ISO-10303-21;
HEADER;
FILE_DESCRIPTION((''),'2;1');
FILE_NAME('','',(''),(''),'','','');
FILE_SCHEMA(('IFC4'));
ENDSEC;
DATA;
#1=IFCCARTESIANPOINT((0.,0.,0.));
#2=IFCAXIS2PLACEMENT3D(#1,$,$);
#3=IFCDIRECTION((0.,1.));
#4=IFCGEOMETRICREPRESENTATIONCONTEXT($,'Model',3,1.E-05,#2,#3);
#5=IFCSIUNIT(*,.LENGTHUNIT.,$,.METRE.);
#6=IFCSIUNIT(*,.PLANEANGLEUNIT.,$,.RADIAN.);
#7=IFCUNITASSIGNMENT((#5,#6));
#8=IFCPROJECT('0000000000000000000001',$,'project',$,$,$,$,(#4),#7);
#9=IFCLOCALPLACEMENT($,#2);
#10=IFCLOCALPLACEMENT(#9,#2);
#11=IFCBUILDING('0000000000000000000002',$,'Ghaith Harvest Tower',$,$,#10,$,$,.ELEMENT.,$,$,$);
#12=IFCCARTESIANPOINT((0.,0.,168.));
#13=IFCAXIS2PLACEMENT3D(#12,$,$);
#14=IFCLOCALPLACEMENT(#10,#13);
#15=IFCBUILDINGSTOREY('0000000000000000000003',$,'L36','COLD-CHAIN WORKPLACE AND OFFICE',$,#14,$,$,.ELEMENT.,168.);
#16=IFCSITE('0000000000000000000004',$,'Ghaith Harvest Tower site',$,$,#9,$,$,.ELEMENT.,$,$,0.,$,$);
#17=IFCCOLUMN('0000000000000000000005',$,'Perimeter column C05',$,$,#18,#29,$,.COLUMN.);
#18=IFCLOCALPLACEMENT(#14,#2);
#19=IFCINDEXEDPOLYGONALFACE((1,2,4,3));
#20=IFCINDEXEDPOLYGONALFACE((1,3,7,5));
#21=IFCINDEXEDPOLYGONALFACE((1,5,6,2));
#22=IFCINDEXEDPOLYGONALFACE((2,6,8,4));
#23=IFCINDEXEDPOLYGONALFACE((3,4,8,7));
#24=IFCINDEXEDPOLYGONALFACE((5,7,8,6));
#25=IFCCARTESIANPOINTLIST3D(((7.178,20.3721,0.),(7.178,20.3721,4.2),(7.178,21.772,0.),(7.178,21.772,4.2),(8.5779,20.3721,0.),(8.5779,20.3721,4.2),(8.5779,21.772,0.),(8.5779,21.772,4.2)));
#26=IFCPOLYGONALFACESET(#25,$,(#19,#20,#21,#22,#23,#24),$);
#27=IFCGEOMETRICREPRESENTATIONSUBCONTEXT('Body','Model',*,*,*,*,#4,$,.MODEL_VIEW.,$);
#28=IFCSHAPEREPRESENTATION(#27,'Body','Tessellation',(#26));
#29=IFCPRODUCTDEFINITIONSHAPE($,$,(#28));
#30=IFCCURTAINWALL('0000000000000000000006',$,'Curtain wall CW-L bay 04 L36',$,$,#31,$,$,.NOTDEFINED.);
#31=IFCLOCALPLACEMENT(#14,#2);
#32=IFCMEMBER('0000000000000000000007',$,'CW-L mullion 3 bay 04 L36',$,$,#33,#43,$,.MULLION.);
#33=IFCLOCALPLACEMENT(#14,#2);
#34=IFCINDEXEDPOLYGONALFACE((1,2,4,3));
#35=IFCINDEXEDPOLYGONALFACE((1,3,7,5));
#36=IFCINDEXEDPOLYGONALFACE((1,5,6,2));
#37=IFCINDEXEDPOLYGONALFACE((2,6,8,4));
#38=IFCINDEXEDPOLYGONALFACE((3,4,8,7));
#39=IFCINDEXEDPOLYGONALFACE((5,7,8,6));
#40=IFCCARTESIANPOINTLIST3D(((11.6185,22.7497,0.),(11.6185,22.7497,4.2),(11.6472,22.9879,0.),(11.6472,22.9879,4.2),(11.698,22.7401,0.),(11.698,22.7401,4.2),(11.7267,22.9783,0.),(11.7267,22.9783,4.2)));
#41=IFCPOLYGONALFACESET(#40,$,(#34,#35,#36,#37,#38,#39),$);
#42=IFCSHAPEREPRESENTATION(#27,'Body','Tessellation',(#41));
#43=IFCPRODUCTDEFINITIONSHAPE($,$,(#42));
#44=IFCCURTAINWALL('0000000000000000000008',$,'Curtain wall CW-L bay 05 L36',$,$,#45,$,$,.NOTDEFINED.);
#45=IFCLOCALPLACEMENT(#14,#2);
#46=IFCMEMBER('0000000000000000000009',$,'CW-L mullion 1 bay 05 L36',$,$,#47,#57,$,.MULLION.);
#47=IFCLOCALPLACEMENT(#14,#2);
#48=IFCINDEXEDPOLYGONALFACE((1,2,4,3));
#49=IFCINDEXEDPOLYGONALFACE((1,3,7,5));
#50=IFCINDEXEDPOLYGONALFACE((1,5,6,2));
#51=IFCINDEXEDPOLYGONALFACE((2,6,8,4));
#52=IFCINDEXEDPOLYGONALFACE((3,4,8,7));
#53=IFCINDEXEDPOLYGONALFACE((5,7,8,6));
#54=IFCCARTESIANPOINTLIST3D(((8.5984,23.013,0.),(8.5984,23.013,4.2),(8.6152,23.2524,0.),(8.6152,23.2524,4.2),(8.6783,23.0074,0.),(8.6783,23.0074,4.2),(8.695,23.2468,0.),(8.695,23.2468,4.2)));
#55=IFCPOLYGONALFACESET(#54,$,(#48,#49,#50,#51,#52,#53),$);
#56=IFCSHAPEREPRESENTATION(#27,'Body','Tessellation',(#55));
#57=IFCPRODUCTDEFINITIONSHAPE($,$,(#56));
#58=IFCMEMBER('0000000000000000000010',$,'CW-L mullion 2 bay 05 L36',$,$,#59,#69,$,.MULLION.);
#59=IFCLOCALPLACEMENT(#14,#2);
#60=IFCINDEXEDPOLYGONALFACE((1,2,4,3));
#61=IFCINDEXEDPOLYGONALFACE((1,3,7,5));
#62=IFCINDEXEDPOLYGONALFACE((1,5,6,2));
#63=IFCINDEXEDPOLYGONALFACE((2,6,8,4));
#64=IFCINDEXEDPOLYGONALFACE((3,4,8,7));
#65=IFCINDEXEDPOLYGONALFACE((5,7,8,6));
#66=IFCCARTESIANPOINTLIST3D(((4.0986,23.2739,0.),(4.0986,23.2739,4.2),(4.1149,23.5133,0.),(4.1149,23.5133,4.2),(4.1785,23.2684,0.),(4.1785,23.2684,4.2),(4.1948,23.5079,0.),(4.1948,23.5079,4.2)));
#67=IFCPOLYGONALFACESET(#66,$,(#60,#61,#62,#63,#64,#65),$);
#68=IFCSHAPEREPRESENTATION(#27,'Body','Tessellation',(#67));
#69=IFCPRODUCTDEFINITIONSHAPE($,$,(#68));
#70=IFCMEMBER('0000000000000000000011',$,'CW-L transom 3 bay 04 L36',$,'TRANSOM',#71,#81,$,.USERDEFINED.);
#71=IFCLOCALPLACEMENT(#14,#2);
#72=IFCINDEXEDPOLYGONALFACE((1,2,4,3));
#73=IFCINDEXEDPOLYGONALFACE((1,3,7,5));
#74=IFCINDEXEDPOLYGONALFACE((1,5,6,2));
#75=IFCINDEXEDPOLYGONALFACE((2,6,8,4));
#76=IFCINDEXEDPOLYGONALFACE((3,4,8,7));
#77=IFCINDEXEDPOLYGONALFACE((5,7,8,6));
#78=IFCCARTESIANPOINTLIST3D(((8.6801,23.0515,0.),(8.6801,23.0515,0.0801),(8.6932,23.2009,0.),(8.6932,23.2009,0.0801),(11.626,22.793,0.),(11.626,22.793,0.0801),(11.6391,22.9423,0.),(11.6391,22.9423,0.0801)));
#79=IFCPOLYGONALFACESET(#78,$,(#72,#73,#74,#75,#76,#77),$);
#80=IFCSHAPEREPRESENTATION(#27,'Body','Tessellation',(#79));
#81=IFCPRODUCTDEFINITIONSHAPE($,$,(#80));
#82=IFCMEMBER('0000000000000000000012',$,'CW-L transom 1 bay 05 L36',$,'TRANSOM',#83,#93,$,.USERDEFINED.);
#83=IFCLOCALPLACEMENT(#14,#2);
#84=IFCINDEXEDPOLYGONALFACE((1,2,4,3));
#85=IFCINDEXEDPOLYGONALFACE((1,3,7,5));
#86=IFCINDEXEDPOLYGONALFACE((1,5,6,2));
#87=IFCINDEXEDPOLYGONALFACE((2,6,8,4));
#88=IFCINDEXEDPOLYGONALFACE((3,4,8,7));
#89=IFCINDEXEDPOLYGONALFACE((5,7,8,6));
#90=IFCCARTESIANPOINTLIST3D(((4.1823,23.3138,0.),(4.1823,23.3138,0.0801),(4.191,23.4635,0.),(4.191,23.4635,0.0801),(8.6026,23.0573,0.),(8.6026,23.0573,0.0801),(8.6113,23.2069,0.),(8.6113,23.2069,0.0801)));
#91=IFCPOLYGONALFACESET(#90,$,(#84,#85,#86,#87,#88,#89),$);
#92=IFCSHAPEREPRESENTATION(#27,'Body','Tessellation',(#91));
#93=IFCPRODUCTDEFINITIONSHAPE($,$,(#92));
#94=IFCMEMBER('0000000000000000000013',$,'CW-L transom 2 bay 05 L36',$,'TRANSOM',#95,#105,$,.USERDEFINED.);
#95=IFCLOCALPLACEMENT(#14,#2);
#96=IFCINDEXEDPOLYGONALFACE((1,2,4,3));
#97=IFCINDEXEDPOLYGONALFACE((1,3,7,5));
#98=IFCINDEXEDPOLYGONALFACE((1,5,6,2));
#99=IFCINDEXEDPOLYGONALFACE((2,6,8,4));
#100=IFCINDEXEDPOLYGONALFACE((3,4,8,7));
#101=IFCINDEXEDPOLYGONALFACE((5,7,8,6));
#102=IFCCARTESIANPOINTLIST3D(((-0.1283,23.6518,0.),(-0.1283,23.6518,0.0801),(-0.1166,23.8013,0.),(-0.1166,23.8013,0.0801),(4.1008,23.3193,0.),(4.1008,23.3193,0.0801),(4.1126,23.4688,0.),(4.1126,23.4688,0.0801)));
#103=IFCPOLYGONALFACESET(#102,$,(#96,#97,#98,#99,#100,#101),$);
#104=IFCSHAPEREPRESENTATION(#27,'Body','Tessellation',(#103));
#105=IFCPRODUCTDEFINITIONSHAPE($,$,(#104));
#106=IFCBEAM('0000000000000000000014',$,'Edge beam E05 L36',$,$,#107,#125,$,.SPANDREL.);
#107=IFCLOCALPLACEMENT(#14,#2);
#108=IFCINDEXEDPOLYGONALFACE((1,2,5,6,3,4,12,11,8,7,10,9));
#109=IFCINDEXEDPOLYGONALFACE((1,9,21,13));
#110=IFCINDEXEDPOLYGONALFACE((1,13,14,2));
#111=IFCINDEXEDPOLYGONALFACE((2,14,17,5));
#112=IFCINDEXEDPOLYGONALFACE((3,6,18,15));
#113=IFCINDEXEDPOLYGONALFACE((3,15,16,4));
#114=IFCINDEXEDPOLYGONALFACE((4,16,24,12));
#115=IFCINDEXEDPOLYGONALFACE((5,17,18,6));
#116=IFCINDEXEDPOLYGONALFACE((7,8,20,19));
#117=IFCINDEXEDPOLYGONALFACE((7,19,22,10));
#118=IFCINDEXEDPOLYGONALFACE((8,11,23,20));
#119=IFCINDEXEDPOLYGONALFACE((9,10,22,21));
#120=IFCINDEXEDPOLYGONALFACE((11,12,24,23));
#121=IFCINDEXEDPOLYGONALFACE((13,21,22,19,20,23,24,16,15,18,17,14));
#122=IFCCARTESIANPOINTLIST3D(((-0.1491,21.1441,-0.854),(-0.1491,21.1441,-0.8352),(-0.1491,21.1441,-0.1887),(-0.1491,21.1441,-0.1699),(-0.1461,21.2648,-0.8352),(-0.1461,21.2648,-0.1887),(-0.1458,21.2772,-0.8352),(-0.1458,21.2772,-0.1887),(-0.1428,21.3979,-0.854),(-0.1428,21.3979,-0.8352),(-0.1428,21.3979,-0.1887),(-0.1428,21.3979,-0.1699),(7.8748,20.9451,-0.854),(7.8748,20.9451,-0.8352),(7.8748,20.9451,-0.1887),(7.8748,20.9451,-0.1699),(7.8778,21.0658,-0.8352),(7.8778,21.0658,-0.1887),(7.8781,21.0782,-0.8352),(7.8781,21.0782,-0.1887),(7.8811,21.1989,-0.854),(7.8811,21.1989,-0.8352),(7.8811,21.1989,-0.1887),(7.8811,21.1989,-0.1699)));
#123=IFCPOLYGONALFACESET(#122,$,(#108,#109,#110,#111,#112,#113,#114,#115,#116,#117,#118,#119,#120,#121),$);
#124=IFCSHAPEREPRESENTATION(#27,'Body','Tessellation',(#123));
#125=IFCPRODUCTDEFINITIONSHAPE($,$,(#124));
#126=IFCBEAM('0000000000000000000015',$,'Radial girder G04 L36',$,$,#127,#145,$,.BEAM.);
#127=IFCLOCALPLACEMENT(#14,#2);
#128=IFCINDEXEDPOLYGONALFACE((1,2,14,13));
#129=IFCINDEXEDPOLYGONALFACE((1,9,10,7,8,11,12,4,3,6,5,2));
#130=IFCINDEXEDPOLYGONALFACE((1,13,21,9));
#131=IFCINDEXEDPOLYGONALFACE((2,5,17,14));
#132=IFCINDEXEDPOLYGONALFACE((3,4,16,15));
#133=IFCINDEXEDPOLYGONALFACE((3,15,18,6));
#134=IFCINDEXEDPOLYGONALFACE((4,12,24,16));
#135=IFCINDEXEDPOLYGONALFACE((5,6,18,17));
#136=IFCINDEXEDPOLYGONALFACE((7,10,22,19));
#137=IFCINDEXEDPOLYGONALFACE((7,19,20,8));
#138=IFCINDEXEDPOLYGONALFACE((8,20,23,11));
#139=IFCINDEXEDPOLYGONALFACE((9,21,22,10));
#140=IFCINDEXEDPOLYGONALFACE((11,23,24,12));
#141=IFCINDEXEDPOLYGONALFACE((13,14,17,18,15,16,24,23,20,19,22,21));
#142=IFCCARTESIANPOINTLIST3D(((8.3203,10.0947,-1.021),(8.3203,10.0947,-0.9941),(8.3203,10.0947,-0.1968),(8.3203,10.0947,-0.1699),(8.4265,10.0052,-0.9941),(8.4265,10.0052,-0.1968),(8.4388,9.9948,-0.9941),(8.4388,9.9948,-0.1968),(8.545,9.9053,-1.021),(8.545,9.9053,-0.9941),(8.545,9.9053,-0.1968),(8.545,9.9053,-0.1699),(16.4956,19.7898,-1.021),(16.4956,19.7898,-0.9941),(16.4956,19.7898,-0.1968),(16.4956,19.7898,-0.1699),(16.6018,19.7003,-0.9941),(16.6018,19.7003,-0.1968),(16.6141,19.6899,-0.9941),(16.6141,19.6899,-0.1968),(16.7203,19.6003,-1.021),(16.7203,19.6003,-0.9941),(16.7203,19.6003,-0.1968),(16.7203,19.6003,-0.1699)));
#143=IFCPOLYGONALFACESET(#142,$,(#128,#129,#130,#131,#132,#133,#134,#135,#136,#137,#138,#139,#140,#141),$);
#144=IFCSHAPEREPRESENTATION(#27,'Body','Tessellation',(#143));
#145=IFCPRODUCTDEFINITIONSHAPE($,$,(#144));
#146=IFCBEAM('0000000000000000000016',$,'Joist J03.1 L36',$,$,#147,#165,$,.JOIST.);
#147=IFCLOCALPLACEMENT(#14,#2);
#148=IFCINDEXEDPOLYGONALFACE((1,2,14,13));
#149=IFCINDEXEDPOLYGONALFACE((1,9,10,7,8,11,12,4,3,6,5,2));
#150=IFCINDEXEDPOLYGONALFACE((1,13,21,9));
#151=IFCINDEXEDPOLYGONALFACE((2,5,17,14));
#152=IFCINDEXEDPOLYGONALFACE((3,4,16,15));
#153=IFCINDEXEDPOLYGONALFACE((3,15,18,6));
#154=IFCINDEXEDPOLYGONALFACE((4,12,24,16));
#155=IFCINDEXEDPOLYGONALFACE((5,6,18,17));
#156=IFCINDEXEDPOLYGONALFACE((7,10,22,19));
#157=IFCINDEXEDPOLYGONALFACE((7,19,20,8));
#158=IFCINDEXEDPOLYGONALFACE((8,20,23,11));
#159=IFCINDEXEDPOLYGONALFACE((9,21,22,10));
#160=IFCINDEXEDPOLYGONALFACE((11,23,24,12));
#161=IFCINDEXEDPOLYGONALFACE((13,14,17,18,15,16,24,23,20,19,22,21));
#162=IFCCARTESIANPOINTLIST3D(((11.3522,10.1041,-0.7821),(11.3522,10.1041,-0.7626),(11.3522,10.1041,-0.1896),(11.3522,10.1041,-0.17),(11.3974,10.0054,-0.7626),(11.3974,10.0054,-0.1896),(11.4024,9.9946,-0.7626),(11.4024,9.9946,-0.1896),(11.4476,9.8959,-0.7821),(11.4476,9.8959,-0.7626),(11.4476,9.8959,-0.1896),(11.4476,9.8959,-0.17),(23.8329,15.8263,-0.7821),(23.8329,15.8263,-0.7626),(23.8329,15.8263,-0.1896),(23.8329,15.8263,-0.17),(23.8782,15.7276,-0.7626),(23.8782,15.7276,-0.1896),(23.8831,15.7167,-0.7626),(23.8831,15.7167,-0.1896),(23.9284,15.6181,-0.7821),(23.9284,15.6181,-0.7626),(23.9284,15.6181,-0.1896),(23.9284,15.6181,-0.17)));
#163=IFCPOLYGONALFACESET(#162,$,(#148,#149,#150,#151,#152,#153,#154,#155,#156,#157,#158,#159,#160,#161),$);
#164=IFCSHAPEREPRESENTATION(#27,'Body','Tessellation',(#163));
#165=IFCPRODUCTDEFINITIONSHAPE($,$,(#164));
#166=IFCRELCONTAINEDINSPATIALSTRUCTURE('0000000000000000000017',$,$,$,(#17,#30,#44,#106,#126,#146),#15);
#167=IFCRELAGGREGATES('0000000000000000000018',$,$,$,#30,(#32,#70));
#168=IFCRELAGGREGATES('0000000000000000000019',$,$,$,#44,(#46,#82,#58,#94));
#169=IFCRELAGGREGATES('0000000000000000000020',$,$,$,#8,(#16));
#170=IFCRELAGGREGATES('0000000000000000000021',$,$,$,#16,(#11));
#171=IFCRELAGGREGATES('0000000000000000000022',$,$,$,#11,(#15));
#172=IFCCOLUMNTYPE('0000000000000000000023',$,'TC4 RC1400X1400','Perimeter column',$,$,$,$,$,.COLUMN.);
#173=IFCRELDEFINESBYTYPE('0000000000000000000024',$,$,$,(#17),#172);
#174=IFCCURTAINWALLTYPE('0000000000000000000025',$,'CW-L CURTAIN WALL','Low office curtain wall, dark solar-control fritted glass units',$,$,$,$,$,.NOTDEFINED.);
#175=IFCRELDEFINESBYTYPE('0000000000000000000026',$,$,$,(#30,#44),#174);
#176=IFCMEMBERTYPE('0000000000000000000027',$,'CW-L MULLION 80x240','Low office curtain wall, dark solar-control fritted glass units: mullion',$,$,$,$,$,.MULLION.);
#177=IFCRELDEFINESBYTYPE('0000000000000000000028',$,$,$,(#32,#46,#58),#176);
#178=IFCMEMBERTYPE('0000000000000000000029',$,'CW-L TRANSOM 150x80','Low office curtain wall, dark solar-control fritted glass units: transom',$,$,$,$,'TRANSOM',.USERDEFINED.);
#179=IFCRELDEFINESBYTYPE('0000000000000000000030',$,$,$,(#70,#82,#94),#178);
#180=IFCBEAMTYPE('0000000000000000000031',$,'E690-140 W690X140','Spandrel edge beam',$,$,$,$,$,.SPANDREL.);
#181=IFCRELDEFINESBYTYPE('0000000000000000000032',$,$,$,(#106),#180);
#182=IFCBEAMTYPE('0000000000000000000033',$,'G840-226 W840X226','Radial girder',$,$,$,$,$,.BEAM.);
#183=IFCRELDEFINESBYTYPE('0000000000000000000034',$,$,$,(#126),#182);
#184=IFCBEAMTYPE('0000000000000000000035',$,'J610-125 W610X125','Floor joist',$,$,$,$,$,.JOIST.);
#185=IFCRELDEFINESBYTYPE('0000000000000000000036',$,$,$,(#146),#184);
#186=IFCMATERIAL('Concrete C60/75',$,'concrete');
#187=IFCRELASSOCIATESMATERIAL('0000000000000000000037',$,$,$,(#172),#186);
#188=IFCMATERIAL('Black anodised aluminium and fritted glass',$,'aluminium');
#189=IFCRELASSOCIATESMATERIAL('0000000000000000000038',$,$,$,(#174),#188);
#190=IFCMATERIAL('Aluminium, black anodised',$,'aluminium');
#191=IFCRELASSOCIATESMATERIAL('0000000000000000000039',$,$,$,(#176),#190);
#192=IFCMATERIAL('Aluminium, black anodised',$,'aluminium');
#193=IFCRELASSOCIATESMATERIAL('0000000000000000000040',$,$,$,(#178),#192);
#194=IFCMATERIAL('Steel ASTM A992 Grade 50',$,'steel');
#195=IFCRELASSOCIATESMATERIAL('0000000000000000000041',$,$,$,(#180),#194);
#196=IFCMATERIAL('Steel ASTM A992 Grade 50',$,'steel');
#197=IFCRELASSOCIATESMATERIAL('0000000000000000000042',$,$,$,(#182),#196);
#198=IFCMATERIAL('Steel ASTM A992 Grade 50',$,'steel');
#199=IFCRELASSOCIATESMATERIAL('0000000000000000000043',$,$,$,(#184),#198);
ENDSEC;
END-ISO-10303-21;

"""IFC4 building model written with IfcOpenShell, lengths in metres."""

from ifc_helpers import new_model, si_unit, direction, frame, origin, origin_2d, place, context, subcontext, project, spatial, rectangle, i_section, extrude, material, material_profile, profile_set, type_object, element, aggregate, save


model = new_model("IFC4")

# Units and contexts
model_context = context("Model", 3, precision=1e-05, world=origin(), true_north=direction((0.0, 1.0)))
body_context = subcontext(model_context, "Body", "Model", "MODEL_VIEW")
ifc_project = project(units=[si_unit("LENGTHUNIT", "METRE"), si_unit("PLANEANGLEUNIT", "RADIAN")], contexts=[model_context])

# Site, building, storey
site_placement = place(None, origin())
site = spatial("IfcSite", under=ifc_project, at=site_placement, Name="Ghaith Harvest Tower site", CompositionType="ELEMENT", RefElevation=0.0)
building_placement = place(site_placement, origin())
building = spatial("IfcBuilding", under=site, at=building_placement, Name="Ghaith Harvest Tower", CompositionType="ELEMENT")
storey_placement = place(building_placement, frame((0.0, 0.0, 168.0)))
storey = spatial("IfcBuildingStorey", under=building, at=storey_placement, Name="L36", Description="COLD-CHAIN WORKPLACE AND OFFICE", CompositionType="ELEMENT", Elevation=168.0)

# Column
ifc_material_1 = material(Name="Concrete C60/75", Category="concrete")
ifc_material_profile_1 = material_profile(ifc_material_1, rectangle(XDim=1.3999, YDim=1.3999, at=origin_2d()), Name="RC1400X1400")
ifc_profile_set_1 = profile_set([ifc_material_profile_1], Name="Concrete C60/75")
column_type = type_object("IfcColumnType", Name="TC4 RC1400X1400", Description="Perimeter column", PredefinedType="COLUMN", material=ifc_profile_set_1)
column_placement = place(storey_placement, frame((7.8779, 21.072, 0.0), z_axis=(0.0, 0.0, 1.0), x_axis=(1.0, 0.0, 0.0)))
element("IfcColumn", 1, at=column_placement, inside=storey, type_object=column_type, Name="Perimeter column C05", PredefinedType="COLUMN", context=body_context, shape_type="SweptSolid", body=[
    extrude(rectangle(XDim=1.3999, YDim=1.3999, at=origin_2d()), origin(), (0.0, 0.0, 1.0), 4.2),
])

# Curtain wall, member
ifc_material_2 = material(Name="Black anodised aluminium and fritted glass", Category="aluminium")
curtain_wall_type = type_object("IfcCurtainWallType", Name="CW-L CURTAIN WALL", Description="Low office curtain wall, dark solar-control fritted glass units", PredefinedType="NOTDEFINED", material=ifc_material_2)
curtain_wall_1_placement = place(storey_placement, origin())
curtain_wall_1 = element("IfcCurtainWall", 2, at=curtain_wall_1_placement, inside=storey, type_object=curtain_wall_type, Name="Curtain wall CW-L bay 04 L36", PredefinedType="NOTDEFINED")
ifc_material_3 = material(Name="Aluminium, black anodised", Category="aluminium")
ifc_material_profile_2 = material_profile(ifc_material_3, rectangle(XDim=0.0801, YDim=0.24, at=origin_2d()), Name="CW-L MULLION 80x240")
ifc_profile_set_2 = profile_set([ifc_material_profile_2], Name="Aluminium, black anodised")
member_type_1 = type_object("IfcMemberType", Name="CW-L MULLION 80x240", Description="Low office curtain wall, dark solar-control fritted glass units: mullion", PredefinedType="MULLION", material=ifc_profile_set_2)
member_1_placement = place(storey_placement, frame((11.6726, 22.864, 0.0), z_axis=(0.0, 0.0, 1.0), x_axis=(-0.9928, 0.11978, 0.0)))
member_1 = element("IfcMember", 3, at=member_1_placement, type_object=member_type_1, Name="CW-L mullion 3 bay 04 L36", PredefinedType="MULLION", context=body_context, shape_type="SweptSolid", body=[
    extrude(rectangle(XDim=0.0801, YDim=0.24, at=origin_2d()), origin(), (0.0, 0.0, 1.0), 4.2),
])

# Curtain wall, members
curtain_wall_2_placement = place(storey_placement, origin())
curtain_wall_2 = element("IfcCurtainWall", 4, at=curtain_wall_2_placement, inside=storey, type_object=curtain_wall_type, Name="Curtain wall CW-L bay 05 L36", PredefinedType="NOTDEFINED")
member_2_placement = place(storey_placement, frame((8.6467, 23.1299, 0.0), z_axis=(0.0, 0.0, 1.0), x_axis=(-0.997559, 0.069832, 0.0)))
member_2 = element("IfcMember", 5, at=member_2_placement, type_object=member_type_1, Name="CW-L mullion 1 bay 05 L36", PredefinedType="MULLION", context=body_context, shape_type="SweptSolid", body=[
    extrude(rectangle(XDim=0.0801, YDim=0.24, at=origin_2d()), origin(), (0.0, 0.0, 1.0), 4.2),
])
member_3_placement = place(storey_placement, frame((4.1467, 23.3909, 0.0), z_axis=(0.0, 0.0, 1.0), x_axis=(-0.99769, 0.067933, 0.0)))
member_3 = element("IfcMember", 6, at=member_3_placement, type_object=member_type_1, Name="CW-L mullion 2 bay 05 L36", PredefinedType="MULLION", context=body_context, shape_type="SweptSolid", body=[
    extrude(rectangle(XDim=0.0801, YDim=0.24, at=origin_2d()), origin(), (0.0, 0.0, 1.0), 4.2),
])

# Members
ifc_material_4 = material(Name="Aluminium, black anodised", Category="aluminium")
ifc_material_profile_3 = material_profile(ifc_material_4, rectangle(XDim=0.1499, YDim=0.0801, at=origin_2d()), Name="CW-L TRANSOM 150x80")
ifc_profile_set_3 = profile_set([ifc_material_profile_3], Name="Aluminium, black anodised")
member_type_2 = type_object("IfcMemberType", Name="CW-L TRANSOM 150x80", Description="Low office curtain wall, dark solar-control fritted glass units: transom", ElementType="TRANSOM", PredefinedType="USERDEFINED", material=ifc_profile_set_3)
member_4_placement = place(storey_placement, frame((11.6326, 22.8677, 0.04), z_axis=(-0.996171, 0.087424, 0.0), x_axis=(-0.087424, -0.996171, 0.0)))
member_4 = element("IfcMember", 7, at=member_4_placement, type_object=member_type_2, Name="CW-L transom 3 bay 04 L36", ObjectType="TRANSOM", PredefinedType="USERDEFINED", context=body_context, shape_type="SweptSolid", body=[
    extrude(rectangle(XDim=0.1499, YDim=0.0801, at=origin_2d()), origin(), (0.0, 0.0, 1.0), 2.9573),
])
member_5_placement = place(storey_placement, frame((8.6069, 23.1321, 0.04), z_axis=(-0.99832, 0.05795, 0.0), x_axis=(-0.05795, -0.99832, 0.0)))
member_5 = element("IfcMember", 8, at=member_5_placement, type_object=member_type_2, Name="CW-L transom 1 bay 05 L36", ObjectType="TRANSOM", PredefinedType="USERDEFINED", context=body_context, shape_type="SweptSolid", body=[
    extrude(rectangle(XDim=0.1499, YDim=0.0801, at=origin_2d()), origin(), (0.0, 0.0, 1.0), 4.4277),
])
member_6_placement = place(storey_placement, frame((4.1067, 23.394, 0.04), z_axis=(-0.996923, 0.078382, 0.0), x_axis=(-0.078382, -0.996923, 0.0)))
member_6 = element("IfcMember", 9, at=member_6_placement, type_object=member_type_2, Name="CW-L transom 2 bay 05 L36", ObjectType="TRANSOM", PredefinedType="USERDEFINED", context=body_context, shape_type="SweptSolid", body=[
    extrude(rectangle(XDim=0.1499, YDim=0.0801, at=origin_2d()), origin(), (0.0, 0.0, 1.0), 4.2422),
])

# Beams
ifc_material_5 = material(Name="Steel ASTM A992 Grade 50", Category="steel")
ifc_material_profile_4 = material_profile(ifc_material_5, i_section(OverallWidth=0.2539, OverallDepth=0.6841, WebThickness=0.0125, FlangeThickness=0.0188, at=origin_2d()), Name="W690X140")
ifc_profile_set_4 = profile_set([ifc_material_profile_4], Name="Steel ASTM A992 Grade 50")
beam_type_1 = type_object("IfcBeamType", Name="E690-140 W690X140", Description="Spandrel edge beam", PredefinedType="SPANDREL", material=ifc_profile_set_4)
beam_1_placement = place(storey_placement, frame((7.8779, 21.072, -0.512), z_axis=(-0.999693, 0.02479, 0.0), x_axis=(-0.02479, -0.999693, 0.0)))
element("IfcBeam", 10, at=beam_1_placement, inside=storey, type_object=beam_type_1, Name="Edge beam E05 L36", PredefinedType="SPANDREL", context=body_context, shape_type="SweptSolid", body=[
    extrude(i_section(OverallWidth=0.2539, OverallDepth=0.6841, WebThickness=0.0125, FlangeThickness=0.0188, at=origin_2d()), origin(), (0.0, 0.0, 1.0), 8.0264),
])
ifc_material_6 = material(Name="Steel ASTM A992 Grade 50", Category="steel")
ifc_material_profile_5 = material_profile(ifc_material_6, i_section(OverallWidth=0.2939, OverallDepth=0.8511, WebThickness=0.0161, FlangeThickness=0.0269, at=origin_2d()), Name="W840X226")
ifc_profile_set_5 = profile_set([ifc_material_profile_5], Name="Steel ASTM A992 Grade 50")
beam_type_2 = type_object("IfcBeamType", Name="G840-226 W840X226", Description="Radial girder", PredefinedType="BEAM", material=ifc_profile_set_5)
beam_2_placement = place(storey_placement, frame((8.4326, 10.0, -0.5955), z_axis=(0.644644, 0.764483, 0.0), x_axis=(-0.764483, 0.644644, 0.0)))
element("IfcBeam", 11, at=beam_2_placement, inside=storey, type_object=beam_type_2, Name="Radial girder G04 L36", PredefinedType="BEAM", context=body_context, shape_type="SweptSolid", body=[
    extrude(i_section(OverallWidth=0.2939, OverallDepth=0.8511, WebThickness=0.0161, FlangeThickness=0.0269, at=origin_2d()), origin(), (0.0, 0.0, 1.0), 12.6819),
])
ifc_material_7 = material(Name="Steel ASTM A992 Grade 50", Category="steel")
ifc_material_profile_6 = material_profile(ifc_material_7, i_section(OverallWidth=0.229, OverallDepth=0.6121, WebThickness=0.012, FlangeThickness=0.0195, at=origin_2d()), Name="W610X125")
ifc_profile_set_6 = profile_set([ifc_material_profile_6], Name="Steel ASTM A992 Grade 50")
beam_type_3 = type_object("IfcBeamType", Name="J610-125 W610X125", Description="Floor joist", PredefinedType="JOIST", material=ifc_profile_set_6)
beam_3_placement = place(storey_placement, frame((11.3999, 10.0, -0.4761), z_axis=(0.909014, 0.416766, 0.0), x_axis=(-0.416766, 0.909014, 0.0)))
element("IfcBeam", 12, at=beam_3_placement, inside=storey, type_object=beam_type_3, Name="Joist J03.1 L36", PredefinedType="JOIST", context=body_context, shape_type="SweptSolid", body=[
    extrude(i_section(OverallWidth=0.229, OverallDepth=0.6121, WebThickness=0.012, FlangeThickness=0.0195, at=origin_2d()), origin(), (0.0, 0.0, 1.0), 13.73),
])

aggregate(curtain_wall_1, [member_1, member_4])
aggregate(curtain_wall_2, [member_2, member_5, member_3, member_6])

save(model, "model.ifc")
